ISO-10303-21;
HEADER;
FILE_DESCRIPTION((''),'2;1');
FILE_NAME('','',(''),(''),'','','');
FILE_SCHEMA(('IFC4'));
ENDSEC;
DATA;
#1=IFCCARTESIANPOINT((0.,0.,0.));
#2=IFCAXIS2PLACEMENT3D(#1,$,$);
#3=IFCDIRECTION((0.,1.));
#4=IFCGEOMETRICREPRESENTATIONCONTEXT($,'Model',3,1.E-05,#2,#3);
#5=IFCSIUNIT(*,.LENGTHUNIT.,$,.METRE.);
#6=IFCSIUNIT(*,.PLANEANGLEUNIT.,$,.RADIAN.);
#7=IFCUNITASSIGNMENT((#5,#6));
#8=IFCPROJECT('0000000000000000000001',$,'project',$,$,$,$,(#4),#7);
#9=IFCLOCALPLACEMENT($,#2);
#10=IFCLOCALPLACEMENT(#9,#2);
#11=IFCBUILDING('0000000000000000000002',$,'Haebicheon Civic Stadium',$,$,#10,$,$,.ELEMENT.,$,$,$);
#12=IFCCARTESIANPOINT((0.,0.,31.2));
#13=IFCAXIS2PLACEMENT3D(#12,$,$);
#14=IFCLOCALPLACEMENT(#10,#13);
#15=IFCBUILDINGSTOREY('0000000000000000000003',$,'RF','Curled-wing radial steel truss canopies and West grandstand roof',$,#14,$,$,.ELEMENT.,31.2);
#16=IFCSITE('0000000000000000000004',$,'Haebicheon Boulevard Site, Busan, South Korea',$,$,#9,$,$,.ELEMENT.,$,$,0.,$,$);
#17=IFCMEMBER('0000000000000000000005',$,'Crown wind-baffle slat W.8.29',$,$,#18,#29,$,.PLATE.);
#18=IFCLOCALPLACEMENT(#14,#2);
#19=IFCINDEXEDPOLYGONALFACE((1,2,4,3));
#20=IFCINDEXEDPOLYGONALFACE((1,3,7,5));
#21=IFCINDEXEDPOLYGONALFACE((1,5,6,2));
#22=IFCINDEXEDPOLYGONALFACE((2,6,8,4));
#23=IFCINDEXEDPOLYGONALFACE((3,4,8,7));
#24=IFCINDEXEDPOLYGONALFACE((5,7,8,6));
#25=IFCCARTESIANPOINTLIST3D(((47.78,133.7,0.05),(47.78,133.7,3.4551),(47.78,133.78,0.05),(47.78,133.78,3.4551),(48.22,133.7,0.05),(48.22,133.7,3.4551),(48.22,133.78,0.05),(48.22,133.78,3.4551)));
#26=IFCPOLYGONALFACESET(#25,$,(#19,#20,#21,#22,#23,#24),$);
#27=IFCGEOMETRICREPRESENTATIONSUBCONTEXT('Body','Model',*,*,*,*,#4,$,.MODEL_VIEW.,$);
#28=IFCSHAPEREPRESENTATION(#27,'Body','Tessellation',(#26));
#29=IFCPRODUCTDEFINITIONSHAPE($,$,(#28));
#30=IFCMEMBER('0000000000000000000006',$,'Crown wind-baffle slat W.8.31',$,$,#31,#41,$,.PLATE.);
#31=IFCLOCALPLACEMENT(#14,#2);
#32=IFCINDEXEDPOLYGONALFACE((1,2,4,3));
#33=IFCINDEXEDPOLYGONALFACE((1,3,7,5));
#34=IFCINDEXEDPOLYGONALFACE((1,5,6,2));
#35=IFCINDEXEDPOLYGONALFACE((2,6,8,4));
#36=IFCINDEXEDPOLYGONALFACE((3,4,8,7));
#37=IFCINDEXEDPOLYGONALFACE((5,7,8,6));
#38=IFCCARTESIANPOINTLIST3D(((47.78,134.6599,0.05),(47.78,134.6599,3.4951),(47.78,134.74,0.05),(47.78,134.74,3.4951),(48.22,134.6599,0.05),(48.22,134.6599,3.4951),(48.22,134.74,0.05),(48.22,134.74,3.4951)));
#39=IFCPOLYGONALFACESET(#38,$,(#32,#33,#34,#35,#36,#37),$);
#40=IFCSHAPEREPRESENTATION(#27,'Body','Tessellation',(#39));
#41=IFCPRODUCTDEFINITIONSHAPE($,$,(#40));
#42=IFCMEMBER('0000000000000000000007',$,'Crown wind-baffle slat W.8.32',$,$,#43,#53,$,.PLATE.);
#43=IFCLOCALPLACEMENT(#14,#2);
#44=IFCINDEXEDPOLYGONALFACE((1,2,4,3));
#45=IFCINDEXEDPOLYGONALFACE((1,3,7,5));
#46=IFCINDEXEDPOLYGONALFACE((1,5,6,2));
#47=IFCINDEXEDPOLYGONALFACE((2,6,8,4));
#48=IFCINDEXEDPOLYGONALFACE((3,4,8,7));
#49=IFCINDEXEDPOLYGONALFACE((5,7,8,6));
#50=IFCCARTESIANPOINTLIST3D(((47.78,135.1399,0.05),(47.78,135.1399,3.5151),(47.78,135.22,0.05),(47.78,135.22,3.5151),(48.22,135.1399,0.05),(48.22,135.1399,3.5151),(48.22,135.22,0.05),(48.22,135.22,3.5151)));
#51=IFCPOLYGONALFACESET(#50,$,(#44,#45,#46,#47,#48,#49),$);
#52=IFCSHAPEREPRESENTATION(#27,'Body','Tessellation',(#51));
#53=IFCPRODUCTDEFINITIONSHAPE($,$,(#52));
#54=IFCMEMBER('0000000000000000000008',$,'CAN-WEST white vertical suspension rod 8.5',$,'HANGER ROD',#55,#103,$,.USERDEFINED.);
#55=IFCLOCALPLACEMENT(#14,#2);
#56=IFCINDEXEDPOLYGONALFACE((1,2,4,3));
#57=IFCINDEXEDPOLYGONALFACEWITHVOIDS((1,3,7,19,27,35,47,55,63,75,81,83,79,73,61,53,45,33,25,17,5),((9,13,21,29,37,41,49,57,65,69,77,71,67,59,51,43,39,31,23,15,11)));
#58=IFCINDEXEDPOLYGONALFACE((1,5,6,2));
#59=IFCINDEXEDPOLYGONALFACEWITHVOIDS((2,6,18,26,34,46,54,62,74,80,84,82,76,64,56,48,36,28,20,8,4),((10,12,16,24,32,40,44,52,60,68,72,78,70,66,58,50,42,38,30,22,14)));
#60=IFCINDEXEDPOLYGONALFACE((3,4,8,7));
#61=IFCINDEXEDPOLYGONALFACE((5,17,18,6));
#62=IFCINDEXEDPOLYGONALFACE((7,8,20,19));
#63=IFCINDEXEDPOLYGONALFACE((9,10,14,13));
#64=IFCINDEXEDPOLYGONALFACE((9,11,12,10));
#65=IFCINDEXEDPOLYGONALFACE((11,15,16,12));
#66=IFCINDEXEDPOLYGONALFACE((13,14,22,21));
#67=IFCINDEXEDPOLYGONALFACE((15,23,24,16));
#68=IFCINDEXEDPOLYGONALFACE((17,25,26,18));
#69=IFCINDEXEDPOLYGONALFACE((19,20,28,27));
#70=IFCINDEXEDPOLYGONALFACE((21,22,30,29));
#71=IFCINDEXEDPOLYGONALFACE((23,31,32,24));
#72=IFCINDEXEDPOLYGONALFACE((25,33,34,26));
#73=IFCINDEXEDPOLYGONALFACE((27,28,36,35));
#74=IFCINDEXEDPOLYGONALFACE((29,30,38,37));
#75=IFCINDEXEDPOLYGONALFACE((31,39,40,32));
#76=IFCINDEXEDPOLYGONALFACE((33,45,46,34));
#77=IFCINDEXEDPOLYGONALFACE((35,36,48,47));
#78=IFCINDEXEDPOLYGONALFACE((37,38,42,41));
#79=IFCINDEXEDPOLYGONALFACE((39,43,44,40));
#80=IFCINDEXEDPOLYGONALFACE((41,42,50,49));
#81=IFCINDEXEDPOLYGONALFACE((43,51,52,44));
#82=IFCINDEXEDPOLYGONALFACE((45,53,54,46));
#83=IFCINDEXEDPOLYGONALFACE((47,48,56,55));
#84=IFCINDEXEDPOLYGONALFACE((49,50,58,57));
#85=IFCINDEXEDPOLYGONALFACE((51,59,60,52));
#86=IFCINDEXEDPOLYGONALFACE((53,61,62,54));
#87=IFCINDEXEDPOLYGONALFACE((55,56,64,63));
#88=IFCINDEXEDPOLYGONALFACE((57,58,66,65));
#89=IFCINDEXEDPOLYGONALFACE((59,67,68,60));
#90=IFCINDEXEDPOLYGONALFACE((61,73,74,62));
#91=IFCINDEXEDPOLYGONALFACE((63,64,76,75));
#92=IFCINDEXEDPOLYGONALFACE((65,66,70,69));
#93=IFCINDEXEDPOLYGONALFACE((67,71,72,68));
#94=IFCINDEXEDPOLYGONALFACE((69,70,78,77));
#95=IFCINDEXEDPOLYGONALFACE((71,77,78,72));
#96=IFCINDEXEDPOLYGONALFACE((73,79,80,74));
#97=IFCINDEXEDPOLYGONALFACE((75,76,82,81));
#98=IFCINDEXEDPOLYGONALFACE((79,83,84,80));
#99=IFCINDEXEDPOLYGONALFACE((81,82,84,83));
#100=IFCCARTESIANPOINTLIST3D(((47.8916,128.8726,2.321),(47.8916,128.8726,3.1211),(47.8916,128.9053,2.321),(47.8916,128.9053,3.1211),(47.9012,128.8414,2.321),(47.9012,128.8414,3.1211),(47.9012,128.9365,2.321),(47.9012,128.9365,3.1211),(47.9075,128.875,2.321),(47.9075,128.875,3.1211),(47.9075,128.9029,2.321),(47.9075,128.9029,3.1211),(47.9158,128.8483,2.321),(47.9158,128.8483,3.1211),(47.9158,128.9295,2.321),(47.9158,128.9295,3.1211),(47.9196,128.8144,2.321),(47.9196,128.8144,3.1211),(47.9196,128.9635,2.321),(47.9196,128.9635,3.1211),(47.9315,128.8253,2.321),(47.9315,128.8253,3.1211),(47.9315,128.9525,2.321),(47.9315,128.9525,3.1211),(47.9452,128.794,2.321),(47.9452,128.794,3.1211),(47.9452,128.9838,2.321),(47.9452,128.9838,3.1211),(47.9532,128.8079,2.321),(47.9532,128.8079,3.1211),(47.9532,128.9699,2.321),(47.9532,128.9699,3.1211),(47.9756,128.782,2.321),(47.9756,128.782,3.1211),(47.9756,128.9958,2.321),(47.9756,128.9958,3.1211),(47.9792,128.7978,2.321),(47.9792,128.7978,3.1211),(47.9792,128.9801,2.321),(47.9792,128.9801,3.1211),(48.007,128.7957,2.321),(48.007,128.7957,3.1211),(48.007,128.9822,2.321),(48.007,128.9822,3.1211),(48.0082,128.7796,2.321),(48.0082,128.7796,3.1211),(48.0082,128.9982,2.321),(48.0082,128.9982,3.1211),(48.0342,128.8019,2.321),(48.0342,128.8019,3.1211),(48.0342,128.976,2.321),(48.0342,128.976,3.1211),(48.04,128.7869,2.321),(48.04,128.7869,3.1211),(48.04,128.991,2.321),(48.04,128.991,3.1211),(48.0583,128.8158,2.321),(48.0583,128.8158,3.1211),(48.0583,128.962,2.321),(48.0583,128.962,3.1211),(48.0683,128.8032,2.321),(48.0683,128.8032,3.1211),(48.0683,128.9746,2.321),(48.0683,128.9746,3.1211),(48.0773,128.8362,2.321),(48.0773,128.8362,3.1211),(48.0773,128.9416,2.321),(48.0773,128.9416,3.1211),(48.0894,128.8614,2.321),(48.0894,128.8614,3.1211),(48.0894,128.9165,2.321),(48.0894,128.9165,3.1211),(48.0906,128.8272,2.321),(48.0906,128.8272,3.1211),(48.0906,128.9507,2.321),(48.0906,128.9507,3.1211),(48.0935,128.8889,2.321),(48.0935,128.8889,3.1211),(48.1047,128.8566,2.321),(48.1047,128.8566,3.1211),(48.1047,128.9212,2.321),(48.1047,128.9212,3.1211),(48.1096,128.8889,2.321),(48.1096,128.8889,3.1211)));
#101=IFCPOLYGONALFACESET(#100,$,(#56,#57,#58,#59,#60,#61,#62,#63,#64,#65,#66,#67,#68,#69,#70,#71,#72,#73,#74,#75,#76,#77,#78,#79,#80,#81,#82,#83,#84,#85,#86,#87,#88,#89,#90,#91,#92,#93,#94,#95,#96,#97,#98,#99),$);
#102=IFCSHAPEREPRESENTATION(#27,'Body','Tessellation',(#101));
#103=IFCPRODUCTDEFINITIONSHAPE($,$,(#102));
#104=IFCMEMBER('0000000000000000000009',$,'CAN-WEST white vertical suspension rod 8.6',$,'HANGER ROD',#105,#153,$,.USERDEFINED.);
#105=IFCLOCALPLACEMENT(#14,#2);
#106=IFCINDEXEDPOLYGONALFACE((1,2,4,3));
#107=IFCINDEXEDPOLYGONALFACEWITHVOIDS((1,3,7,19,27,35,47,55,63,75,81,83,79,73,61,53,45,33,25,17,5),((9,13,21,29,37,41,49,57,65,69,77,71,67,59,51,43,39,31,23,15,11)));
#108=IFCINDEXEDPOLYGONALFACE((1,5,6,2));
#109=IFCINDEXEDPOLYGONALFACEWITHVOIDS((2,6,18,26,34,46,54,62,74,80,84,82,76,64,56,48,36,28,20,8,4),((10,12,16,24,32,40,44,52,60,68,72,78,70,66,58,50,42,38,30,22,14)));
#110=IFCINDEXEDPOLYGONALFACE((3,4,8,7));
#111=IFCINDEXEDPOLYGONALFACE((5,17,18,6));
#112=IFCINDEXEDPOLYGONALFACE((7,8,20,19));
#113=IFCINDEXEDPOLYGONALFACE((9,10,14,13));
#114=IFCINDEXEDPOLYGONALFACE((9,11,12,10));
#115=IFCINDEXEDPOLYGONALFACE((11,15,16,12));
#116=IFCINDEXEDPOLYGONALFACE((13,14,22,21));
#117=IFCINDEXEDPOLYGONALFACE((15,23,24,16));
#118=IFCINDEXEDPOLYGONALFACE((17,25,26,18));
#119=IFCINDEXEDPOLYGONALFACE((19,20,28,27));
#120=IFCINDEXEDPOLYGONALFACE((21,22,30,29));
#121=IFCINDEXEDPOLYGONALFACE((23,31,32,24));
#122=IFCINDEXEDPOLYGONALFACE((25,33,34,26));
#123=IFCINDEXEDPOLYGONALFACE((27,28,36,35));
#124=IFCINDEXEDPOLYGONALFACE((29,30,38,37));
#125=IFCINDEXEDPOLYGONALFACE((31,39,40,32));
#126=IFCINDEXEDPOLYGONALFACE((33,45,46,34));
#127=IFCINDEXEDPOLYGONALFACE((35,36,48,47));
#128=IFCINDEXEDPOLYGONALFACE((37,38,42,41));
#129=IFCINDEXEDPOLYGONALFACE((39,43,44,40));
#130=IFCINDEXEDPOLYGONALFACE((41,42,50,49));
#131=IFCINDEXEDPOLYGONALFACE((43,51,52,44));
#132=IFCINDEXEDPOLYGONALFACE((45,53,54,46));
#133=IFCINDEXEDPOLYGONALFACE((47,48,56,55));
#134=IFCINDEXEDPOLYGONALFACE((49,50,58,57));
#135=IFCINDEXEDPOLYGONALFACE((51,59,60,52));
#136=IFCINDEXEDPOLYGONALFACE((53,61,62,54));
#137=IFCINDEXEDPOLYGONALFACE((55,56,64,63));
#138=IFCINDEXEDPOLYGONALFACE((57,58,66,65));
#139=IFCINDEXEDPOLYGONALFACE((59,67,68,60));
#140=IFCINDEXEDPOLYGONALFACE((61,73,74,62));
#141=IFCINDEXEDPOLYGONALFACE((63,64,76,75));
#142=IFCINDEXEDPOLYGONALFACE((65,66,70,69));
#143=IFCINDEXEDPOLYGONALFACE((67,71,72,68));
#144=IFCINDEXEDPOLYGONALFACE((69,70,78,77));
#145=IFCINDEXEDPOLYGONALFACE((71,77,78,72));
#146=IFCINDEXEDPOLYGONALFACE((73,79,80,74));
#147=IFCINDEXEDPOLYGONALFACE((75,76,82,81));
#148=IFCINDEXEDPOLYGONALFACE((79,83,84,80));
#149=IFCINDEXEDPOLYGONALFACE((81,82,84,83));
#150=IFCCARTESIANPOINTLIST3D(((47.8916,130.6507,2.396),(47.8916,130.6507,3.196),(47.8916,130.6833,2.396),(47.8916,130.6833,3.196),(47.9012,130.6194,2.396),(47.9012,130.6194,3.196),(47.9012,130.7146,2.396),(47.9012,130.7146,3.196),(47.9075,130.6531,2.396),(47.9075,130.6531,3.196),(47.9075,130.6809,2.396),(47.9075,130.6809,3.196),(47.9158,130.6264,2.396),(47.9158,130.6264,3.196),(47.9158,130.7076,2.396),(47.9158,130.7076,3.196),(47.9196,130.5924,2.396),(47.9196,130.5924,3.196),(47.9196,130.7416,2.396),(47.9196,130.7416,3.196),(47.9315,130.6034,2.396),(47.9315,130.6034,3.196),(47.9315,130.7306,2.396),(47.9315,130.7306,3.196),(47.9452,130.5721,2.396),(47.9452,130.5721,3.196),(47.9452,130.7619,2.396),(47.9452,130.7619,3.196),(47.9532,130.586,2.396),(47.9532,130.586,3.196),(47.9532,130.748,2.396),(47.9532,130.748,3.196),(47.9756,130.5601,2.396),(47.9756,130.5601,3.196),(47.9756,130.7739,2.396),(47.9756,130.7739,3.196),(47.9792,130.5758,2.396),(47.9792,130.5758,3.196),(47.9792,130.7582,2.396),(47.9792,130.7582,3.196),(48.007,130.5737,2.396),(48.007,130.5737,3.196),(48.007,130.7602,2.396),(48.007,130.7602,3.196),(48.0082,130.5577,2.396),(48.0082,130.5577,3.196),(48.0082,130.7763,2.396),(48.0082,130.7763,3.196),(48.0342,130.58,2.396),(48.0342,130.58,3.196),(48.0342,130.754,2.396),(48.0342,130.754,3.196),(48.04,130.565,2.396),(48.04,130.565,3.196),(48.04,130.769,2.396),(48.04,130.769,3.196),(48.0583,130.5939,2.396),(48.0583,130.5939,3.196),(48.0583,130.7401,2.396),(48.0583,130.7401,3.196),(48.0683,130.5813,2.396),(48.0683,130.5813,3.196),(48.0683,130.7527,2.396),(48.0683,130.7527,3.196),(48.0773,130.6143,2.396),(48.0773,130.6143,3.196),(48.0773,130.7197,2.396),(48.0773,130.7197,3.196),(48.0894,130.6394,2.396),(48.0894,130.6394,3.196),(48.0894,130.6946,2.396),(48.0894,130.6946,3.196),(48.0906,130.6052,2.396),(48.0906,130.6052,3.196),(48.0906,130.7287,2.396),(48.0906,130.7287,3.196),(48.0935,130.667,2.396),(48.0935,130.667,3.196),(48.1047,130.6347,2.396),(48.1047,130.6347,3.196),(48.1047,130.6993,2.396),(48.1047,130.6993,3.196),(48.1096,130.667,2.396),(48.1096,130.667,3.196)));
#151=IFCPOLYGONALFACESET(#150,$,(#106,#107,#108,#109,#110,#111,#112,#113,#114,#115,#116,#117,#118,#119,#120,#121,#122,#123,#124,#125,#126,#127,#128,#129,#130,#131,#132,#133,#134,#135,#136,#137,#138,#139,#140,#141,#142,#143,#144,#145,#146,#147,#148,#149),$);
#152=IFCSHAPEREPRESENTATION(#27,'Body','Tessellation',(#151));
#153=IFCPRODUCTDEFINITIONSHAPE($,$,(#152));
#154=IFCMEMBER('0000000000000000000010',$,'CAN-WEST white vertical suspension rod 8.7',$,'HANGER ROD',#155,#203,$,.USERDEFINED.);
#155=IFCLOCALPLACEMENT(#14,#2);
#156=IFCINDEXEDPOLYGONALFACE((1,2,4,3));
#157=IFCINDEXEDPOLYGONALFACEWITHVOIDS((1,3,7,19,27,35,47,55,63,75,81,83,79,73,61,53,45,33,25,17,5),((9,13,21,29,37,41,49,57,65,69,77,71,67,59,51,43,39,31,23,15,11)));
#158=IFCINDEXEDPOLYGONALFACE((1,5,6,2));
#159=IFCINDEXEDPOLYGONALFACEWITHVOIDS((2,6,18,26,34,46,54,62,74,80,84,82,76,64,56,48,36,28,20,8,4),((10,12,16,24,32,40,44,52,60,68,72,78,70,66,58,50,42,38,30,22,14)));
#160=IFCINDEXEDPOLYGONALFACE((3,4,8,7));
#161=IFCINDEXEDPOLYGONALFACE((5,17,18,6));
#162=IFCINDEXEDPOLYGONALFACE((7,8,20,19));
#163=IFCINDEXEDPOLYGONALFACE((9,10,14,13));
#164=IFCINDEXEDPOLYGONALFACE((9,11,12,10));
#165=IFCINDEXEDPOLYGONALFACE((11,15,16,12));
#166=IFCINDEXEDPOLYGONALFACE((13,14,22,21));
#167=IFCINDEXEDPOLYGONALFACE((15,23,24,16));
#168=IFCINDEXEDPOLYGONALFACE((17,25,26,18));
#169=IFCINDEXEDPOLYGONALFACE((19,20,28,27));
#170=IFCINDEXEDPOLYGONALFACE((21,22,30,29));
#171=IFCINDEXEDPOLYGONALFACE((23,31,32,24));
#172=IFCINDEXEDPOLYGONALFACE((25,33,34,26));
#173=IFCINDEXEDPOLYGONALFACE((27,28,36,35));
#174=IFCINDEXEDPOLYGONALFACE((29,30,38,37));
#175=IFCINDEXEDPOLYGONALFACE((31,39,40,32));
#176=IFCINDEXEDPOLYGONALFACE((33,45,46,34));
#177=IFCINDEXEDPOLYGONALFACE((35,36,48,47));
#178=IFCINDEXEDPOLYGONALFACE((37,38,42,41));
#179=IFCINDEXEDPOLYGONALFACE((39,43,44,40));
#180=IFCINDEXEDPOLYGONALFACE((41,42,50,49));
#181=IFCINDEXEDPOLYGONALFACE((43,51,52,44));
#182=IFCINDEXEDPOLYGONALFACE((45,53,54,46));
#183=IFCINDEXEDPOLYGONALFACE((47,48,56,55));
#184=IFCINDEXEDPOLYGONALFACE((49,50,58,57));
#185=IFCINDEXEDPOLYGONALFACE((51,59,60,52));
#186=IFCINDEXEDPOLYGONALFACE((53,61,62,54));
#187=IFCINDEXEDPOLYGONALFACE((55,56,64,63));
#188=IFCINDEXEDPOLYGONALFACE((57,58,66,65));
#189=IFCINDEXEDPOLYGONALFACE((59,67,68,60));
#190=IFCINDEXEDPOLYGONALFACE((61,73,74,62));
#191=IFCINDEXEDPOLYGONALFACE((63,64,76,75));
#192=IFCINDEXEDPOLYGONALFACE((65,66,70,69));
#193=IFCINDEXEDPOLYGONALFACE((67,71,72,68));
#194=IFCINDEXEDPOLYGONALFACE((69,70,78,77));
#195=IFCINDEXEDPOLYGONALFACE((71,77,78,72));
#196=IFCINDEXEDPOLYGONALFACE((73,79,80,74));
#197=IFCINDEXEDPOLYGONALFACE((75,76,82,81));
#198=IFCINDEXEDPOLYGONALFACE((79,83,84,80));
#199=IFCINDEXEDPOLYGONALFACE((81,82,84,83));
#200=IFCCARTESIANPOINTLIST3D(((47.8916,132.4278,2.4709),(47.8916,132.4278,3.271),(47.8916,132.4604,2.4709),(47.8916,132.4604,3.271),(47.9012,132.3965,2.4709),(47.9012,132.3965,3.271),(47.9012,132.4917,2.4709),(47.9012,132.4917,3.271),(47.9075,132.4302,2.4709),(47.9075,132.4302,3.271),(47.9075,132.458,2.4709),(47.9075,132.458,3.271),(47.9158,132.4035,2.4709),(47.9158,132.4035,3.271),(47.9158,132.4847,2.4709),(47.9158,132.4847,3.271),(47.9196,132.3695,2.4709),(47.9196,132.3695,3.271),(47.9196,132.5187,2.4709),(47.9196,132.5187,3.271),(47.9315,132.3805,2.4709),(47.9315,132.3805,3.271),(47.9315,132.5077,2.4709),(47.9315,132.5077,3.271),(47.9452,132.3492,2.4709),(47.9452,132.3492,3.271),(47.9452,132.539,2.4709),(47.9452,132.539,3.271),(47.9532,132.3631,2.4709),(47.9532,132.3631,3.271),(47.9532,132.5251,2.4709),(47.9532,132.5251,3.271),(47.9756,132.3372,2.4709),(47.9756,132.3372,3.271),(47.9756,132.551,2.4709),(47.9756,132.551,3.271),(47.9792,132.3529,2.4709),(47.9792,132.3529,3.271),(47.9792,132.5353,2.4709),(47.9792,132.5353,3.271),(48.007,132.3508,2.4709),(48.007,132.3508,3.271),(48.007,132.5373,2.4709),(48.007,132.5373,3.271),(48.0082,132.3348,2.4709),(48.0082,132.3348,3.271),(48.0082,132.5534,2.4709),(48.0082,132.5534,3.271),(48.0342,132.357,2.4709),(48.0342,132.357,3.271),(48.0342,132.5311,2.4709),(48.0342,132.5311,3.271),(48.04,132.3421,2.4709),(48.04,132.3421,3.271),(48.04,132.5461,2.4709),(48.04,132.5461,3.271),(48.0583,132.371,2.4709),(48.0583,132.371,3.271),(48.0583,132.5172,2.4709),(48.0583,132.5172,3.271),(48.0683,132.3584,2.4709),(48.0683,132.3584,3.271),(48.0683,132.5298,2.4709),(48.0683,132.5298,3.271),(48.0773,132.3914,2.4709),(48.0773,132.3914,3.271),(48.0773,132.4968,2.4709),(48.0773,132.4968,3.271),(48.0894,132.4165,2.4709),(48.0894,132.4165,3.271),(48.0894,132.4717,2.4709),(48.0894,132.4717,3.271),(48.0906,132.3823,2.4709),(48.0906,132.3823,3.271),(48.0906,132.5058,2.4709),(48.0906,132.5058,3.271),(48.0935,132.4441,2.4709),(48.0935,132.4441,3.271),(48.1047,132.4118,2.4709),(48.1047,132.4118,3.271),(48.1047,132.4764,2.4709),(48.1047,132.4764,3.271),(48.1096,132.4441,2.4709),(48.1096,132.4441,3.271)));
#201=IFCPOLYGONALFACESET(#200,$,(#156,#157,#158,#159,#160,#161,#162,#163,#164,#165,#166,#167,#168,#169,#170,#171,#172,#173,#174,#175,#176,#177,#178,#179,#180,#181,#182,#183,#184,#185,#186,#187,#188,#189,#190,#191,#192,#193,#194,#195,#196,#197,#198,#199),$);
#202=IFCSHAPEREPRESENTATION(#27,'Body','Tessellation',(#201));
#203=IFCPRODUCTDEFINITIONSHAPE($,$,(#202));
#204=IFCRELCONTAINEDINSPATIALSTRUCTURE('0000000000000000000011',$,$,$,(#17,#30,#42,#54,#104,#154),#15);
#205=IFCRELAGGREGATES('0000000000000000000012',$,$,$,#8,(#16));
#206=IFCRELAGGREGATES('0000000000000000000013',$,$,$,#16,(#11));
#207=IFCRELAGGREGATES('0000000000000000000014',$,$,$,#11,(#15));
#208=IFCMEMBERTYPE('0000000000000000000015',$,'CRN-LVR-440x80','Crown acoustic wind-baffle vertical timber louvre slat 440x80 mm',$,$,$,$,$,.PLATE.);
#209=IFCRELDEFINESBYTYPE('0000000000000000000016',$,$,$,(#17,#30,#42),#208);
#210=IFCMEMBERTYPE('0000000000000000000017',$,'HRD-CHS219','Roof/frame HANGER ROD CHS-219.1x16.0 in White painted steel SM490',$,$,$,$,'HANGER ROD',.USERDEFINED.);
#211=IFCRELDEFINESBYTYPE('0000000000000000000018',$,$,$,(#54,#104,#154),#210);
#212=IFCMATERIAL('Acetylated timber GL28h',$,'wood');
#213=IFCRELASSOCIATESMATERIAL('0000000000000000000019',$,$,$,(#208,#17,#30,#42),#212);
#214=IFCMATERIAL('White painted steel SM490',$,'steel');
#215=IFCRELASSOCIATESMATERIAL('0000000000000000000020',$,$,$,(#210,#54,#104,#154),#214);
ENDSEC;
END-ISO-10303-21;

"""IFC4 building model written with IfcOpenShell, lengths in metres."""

from ifc_helpers import new_model, si_unit, direction, frame, origin, origin_2d, place, context, subcontext, project, spatial, rectangle, hollow_circle, extrude, material, material_profile, profile_set, type_object, element, save


model = new_model("IFC4")

# Units and contexts
model_context = context("Model", 3, precision=1e-05, world=origin(), true_north=direction((0.0, 1.0)))
body_context = subcontext(model_context, "Body", "Model", "MODEL_VIEW")
ifc_project = project(units=[si_unit("LENGTHUNIT", "METRE"), si_unit("PLANEANGLEUNIT", "RADIAN")], contexts=[model_context])

# Site, building, storey
site_placement = place(None, origin())
site = spatial("IfcSite", under=ifc_project, at=site_placement, Name="Haebicheon Boulevard Site, Busan, South Korea", CompositionType="ELEMENT", RefElevation=0.0)
building_placement = place(site_placement, origin())
building = spatial("IfcBuilding", under=site, at=building_placement, Name="Haebicheon Civic Stadium", CompositionType="ELEMENT")
storey_placement = place(building_placement, frame((0.0, 0.0, 31.2)))
storey = spatial("IfcBuildingStorey", under=building, at=storey_placement, Name="RF", Description="Curled-wing radial steel truss canopies and West grandstand roof", CompositionType="ELEMENT", Elevation=31.2)

# Members
ifc_material_1 = material(Name="Acetylated timber GL28h", Category="wood")
ifc_material_profile_1 = material_profile(ifc_material_1, rectangle(XDim=0.0801, YDim=0.4399, at=origin_2d()), Name="TMB-LOUV-80x440")
ifc_profile_set_1 = profile_set([ifc_material_profile_1], Name="Acetylated timber GL28h")
member_type_1 = type_object("IfcMemberType", Name="CRN-LVR-440x80", Description="Crown acoustic wind-baffle vertical timber louvre slat 440x80 mm", PredefinedType="PLATE", material=ifc_profile_set_1)
member_1_placement = place(storey_placement, frame((48.0, 133.74, 0.05), z_axis=(0.0, 0.0, 1.0), x_axis=(0.0, 1.0, 0.0)))
element("IfcMember", 1, at=member_1_placement, inside=storey, type_object=member_type_1, material=ifc_profile_set_1, Name="Crown wind-baffle slat W.8.29", PredefinedType="PLATE", context=body_context, shape_type="SweptSolid", body=[
    extrude(rectangle(XDim=0.0801, YDim=0.4399, at=origin_2d()), origin(), (0.0, 0.0, 1.0), 3.405),
])
member_2_placement = place(storey_placement, frame((48.0, 134.7, 0.05), z_axis=(0.0, 0.0, 1.0), x_axis=(0.0, 1.0, 0.0)))
element("IfcMember", 2, at=member_2_placement, inside=storey, type_object=member_type_1, material=ifc_profile_set_1, Name="Crown wind-baffle slat W.8.31", PredefinedType="PLATE", context=body_context, shape_type="SweptSolid", body=[
    extrude(rectangle(XDim=0.0801, YDim=0.4399, at=origin_2d()), origin(), (0.0, 0.0, 1.0), 3.4451),
])
member_3_placement = place(storey_placement, frame((48.0, 135.1799, 0.05), z_axis=(0.0, 0.0, 1.0), x_axis=(0.0, 1.0, 0.0)))
element("IfcMember", 3, at=member_3_placement, inside=storey, type_object=member_type_1, material=ifc_profile_set_1, Name="Crown wind-baffle slat W.8.32", PredefinedType="PLATE", context=body_context, shape_type="SweptSolid", body=[
    extrude(rectangle(XDim=0.0801, YDim=0.4399, at=origin_2d()), origin(), (0.0, 0.0, 1.0), 3.4651),
])
ifc_material_2 = material(Name="White painted steel SM490", Category="steel")
ifc_material_profile_2 = material_profile(ifc_material_2, hollow_circle(Radius=0.1096, WallThickness=0.0161, at=origin_2d()), Name="CHS-219.1x16.0")
ifc_profile_set_2 = profile_set([ifc_material_profile_2], Name="White painted steel SM490")
member_type_2 = type_object("IfcMemberType", Name="HRD-CHS219", Description="Roof/frame HANGER ROD CHS-219.1x16.0 in White painted steel SM490", ElementType="HANGER ROD", PredefinedType="USERDEFINED", material=ifc_profile_set_2)
for number, where, z_axis, x_axis, name in (
    (4, (48.0, 128.8889, 2.321), (0.0, 0.0, 1.0), (1.0, 0.0, 0.0), "CAN-WEST white vertical suspension rod 8.5"),
    (5, (48.0, 130.667, 2.396), (0.0, 0.0, 1.0), (1.0, 0.0, 0.0), "CAN-WEST white vertical suspension rod 8.6"),
    (6, (48.0, 132.4441, 2.4709), (0.0, 0.0, 1.0), (1.0, 0.0, 0.0), "CAN-WEST white vertical suspension rod 8.7"),
):
    element("IfcMember", number, at=place(storey_placement, frame(where, z_axis=z_axis, x_axis=x_axis)), inside=storey, type_object=member_type_2, material=ifc_profile_set_2, Name=name, ObjectType="HANGER ROD", PredefinedType="USERDEFINED", context=body_context, shape_type="SweptSolid", body=[
        extrude(hollow_circle(Radius=0.1096, WallThickness=0.0161, at=origin_2d()), origin(), (0.0, 0.0, 1.0), 0.8),
    ])

save(model, "model.ifc")
